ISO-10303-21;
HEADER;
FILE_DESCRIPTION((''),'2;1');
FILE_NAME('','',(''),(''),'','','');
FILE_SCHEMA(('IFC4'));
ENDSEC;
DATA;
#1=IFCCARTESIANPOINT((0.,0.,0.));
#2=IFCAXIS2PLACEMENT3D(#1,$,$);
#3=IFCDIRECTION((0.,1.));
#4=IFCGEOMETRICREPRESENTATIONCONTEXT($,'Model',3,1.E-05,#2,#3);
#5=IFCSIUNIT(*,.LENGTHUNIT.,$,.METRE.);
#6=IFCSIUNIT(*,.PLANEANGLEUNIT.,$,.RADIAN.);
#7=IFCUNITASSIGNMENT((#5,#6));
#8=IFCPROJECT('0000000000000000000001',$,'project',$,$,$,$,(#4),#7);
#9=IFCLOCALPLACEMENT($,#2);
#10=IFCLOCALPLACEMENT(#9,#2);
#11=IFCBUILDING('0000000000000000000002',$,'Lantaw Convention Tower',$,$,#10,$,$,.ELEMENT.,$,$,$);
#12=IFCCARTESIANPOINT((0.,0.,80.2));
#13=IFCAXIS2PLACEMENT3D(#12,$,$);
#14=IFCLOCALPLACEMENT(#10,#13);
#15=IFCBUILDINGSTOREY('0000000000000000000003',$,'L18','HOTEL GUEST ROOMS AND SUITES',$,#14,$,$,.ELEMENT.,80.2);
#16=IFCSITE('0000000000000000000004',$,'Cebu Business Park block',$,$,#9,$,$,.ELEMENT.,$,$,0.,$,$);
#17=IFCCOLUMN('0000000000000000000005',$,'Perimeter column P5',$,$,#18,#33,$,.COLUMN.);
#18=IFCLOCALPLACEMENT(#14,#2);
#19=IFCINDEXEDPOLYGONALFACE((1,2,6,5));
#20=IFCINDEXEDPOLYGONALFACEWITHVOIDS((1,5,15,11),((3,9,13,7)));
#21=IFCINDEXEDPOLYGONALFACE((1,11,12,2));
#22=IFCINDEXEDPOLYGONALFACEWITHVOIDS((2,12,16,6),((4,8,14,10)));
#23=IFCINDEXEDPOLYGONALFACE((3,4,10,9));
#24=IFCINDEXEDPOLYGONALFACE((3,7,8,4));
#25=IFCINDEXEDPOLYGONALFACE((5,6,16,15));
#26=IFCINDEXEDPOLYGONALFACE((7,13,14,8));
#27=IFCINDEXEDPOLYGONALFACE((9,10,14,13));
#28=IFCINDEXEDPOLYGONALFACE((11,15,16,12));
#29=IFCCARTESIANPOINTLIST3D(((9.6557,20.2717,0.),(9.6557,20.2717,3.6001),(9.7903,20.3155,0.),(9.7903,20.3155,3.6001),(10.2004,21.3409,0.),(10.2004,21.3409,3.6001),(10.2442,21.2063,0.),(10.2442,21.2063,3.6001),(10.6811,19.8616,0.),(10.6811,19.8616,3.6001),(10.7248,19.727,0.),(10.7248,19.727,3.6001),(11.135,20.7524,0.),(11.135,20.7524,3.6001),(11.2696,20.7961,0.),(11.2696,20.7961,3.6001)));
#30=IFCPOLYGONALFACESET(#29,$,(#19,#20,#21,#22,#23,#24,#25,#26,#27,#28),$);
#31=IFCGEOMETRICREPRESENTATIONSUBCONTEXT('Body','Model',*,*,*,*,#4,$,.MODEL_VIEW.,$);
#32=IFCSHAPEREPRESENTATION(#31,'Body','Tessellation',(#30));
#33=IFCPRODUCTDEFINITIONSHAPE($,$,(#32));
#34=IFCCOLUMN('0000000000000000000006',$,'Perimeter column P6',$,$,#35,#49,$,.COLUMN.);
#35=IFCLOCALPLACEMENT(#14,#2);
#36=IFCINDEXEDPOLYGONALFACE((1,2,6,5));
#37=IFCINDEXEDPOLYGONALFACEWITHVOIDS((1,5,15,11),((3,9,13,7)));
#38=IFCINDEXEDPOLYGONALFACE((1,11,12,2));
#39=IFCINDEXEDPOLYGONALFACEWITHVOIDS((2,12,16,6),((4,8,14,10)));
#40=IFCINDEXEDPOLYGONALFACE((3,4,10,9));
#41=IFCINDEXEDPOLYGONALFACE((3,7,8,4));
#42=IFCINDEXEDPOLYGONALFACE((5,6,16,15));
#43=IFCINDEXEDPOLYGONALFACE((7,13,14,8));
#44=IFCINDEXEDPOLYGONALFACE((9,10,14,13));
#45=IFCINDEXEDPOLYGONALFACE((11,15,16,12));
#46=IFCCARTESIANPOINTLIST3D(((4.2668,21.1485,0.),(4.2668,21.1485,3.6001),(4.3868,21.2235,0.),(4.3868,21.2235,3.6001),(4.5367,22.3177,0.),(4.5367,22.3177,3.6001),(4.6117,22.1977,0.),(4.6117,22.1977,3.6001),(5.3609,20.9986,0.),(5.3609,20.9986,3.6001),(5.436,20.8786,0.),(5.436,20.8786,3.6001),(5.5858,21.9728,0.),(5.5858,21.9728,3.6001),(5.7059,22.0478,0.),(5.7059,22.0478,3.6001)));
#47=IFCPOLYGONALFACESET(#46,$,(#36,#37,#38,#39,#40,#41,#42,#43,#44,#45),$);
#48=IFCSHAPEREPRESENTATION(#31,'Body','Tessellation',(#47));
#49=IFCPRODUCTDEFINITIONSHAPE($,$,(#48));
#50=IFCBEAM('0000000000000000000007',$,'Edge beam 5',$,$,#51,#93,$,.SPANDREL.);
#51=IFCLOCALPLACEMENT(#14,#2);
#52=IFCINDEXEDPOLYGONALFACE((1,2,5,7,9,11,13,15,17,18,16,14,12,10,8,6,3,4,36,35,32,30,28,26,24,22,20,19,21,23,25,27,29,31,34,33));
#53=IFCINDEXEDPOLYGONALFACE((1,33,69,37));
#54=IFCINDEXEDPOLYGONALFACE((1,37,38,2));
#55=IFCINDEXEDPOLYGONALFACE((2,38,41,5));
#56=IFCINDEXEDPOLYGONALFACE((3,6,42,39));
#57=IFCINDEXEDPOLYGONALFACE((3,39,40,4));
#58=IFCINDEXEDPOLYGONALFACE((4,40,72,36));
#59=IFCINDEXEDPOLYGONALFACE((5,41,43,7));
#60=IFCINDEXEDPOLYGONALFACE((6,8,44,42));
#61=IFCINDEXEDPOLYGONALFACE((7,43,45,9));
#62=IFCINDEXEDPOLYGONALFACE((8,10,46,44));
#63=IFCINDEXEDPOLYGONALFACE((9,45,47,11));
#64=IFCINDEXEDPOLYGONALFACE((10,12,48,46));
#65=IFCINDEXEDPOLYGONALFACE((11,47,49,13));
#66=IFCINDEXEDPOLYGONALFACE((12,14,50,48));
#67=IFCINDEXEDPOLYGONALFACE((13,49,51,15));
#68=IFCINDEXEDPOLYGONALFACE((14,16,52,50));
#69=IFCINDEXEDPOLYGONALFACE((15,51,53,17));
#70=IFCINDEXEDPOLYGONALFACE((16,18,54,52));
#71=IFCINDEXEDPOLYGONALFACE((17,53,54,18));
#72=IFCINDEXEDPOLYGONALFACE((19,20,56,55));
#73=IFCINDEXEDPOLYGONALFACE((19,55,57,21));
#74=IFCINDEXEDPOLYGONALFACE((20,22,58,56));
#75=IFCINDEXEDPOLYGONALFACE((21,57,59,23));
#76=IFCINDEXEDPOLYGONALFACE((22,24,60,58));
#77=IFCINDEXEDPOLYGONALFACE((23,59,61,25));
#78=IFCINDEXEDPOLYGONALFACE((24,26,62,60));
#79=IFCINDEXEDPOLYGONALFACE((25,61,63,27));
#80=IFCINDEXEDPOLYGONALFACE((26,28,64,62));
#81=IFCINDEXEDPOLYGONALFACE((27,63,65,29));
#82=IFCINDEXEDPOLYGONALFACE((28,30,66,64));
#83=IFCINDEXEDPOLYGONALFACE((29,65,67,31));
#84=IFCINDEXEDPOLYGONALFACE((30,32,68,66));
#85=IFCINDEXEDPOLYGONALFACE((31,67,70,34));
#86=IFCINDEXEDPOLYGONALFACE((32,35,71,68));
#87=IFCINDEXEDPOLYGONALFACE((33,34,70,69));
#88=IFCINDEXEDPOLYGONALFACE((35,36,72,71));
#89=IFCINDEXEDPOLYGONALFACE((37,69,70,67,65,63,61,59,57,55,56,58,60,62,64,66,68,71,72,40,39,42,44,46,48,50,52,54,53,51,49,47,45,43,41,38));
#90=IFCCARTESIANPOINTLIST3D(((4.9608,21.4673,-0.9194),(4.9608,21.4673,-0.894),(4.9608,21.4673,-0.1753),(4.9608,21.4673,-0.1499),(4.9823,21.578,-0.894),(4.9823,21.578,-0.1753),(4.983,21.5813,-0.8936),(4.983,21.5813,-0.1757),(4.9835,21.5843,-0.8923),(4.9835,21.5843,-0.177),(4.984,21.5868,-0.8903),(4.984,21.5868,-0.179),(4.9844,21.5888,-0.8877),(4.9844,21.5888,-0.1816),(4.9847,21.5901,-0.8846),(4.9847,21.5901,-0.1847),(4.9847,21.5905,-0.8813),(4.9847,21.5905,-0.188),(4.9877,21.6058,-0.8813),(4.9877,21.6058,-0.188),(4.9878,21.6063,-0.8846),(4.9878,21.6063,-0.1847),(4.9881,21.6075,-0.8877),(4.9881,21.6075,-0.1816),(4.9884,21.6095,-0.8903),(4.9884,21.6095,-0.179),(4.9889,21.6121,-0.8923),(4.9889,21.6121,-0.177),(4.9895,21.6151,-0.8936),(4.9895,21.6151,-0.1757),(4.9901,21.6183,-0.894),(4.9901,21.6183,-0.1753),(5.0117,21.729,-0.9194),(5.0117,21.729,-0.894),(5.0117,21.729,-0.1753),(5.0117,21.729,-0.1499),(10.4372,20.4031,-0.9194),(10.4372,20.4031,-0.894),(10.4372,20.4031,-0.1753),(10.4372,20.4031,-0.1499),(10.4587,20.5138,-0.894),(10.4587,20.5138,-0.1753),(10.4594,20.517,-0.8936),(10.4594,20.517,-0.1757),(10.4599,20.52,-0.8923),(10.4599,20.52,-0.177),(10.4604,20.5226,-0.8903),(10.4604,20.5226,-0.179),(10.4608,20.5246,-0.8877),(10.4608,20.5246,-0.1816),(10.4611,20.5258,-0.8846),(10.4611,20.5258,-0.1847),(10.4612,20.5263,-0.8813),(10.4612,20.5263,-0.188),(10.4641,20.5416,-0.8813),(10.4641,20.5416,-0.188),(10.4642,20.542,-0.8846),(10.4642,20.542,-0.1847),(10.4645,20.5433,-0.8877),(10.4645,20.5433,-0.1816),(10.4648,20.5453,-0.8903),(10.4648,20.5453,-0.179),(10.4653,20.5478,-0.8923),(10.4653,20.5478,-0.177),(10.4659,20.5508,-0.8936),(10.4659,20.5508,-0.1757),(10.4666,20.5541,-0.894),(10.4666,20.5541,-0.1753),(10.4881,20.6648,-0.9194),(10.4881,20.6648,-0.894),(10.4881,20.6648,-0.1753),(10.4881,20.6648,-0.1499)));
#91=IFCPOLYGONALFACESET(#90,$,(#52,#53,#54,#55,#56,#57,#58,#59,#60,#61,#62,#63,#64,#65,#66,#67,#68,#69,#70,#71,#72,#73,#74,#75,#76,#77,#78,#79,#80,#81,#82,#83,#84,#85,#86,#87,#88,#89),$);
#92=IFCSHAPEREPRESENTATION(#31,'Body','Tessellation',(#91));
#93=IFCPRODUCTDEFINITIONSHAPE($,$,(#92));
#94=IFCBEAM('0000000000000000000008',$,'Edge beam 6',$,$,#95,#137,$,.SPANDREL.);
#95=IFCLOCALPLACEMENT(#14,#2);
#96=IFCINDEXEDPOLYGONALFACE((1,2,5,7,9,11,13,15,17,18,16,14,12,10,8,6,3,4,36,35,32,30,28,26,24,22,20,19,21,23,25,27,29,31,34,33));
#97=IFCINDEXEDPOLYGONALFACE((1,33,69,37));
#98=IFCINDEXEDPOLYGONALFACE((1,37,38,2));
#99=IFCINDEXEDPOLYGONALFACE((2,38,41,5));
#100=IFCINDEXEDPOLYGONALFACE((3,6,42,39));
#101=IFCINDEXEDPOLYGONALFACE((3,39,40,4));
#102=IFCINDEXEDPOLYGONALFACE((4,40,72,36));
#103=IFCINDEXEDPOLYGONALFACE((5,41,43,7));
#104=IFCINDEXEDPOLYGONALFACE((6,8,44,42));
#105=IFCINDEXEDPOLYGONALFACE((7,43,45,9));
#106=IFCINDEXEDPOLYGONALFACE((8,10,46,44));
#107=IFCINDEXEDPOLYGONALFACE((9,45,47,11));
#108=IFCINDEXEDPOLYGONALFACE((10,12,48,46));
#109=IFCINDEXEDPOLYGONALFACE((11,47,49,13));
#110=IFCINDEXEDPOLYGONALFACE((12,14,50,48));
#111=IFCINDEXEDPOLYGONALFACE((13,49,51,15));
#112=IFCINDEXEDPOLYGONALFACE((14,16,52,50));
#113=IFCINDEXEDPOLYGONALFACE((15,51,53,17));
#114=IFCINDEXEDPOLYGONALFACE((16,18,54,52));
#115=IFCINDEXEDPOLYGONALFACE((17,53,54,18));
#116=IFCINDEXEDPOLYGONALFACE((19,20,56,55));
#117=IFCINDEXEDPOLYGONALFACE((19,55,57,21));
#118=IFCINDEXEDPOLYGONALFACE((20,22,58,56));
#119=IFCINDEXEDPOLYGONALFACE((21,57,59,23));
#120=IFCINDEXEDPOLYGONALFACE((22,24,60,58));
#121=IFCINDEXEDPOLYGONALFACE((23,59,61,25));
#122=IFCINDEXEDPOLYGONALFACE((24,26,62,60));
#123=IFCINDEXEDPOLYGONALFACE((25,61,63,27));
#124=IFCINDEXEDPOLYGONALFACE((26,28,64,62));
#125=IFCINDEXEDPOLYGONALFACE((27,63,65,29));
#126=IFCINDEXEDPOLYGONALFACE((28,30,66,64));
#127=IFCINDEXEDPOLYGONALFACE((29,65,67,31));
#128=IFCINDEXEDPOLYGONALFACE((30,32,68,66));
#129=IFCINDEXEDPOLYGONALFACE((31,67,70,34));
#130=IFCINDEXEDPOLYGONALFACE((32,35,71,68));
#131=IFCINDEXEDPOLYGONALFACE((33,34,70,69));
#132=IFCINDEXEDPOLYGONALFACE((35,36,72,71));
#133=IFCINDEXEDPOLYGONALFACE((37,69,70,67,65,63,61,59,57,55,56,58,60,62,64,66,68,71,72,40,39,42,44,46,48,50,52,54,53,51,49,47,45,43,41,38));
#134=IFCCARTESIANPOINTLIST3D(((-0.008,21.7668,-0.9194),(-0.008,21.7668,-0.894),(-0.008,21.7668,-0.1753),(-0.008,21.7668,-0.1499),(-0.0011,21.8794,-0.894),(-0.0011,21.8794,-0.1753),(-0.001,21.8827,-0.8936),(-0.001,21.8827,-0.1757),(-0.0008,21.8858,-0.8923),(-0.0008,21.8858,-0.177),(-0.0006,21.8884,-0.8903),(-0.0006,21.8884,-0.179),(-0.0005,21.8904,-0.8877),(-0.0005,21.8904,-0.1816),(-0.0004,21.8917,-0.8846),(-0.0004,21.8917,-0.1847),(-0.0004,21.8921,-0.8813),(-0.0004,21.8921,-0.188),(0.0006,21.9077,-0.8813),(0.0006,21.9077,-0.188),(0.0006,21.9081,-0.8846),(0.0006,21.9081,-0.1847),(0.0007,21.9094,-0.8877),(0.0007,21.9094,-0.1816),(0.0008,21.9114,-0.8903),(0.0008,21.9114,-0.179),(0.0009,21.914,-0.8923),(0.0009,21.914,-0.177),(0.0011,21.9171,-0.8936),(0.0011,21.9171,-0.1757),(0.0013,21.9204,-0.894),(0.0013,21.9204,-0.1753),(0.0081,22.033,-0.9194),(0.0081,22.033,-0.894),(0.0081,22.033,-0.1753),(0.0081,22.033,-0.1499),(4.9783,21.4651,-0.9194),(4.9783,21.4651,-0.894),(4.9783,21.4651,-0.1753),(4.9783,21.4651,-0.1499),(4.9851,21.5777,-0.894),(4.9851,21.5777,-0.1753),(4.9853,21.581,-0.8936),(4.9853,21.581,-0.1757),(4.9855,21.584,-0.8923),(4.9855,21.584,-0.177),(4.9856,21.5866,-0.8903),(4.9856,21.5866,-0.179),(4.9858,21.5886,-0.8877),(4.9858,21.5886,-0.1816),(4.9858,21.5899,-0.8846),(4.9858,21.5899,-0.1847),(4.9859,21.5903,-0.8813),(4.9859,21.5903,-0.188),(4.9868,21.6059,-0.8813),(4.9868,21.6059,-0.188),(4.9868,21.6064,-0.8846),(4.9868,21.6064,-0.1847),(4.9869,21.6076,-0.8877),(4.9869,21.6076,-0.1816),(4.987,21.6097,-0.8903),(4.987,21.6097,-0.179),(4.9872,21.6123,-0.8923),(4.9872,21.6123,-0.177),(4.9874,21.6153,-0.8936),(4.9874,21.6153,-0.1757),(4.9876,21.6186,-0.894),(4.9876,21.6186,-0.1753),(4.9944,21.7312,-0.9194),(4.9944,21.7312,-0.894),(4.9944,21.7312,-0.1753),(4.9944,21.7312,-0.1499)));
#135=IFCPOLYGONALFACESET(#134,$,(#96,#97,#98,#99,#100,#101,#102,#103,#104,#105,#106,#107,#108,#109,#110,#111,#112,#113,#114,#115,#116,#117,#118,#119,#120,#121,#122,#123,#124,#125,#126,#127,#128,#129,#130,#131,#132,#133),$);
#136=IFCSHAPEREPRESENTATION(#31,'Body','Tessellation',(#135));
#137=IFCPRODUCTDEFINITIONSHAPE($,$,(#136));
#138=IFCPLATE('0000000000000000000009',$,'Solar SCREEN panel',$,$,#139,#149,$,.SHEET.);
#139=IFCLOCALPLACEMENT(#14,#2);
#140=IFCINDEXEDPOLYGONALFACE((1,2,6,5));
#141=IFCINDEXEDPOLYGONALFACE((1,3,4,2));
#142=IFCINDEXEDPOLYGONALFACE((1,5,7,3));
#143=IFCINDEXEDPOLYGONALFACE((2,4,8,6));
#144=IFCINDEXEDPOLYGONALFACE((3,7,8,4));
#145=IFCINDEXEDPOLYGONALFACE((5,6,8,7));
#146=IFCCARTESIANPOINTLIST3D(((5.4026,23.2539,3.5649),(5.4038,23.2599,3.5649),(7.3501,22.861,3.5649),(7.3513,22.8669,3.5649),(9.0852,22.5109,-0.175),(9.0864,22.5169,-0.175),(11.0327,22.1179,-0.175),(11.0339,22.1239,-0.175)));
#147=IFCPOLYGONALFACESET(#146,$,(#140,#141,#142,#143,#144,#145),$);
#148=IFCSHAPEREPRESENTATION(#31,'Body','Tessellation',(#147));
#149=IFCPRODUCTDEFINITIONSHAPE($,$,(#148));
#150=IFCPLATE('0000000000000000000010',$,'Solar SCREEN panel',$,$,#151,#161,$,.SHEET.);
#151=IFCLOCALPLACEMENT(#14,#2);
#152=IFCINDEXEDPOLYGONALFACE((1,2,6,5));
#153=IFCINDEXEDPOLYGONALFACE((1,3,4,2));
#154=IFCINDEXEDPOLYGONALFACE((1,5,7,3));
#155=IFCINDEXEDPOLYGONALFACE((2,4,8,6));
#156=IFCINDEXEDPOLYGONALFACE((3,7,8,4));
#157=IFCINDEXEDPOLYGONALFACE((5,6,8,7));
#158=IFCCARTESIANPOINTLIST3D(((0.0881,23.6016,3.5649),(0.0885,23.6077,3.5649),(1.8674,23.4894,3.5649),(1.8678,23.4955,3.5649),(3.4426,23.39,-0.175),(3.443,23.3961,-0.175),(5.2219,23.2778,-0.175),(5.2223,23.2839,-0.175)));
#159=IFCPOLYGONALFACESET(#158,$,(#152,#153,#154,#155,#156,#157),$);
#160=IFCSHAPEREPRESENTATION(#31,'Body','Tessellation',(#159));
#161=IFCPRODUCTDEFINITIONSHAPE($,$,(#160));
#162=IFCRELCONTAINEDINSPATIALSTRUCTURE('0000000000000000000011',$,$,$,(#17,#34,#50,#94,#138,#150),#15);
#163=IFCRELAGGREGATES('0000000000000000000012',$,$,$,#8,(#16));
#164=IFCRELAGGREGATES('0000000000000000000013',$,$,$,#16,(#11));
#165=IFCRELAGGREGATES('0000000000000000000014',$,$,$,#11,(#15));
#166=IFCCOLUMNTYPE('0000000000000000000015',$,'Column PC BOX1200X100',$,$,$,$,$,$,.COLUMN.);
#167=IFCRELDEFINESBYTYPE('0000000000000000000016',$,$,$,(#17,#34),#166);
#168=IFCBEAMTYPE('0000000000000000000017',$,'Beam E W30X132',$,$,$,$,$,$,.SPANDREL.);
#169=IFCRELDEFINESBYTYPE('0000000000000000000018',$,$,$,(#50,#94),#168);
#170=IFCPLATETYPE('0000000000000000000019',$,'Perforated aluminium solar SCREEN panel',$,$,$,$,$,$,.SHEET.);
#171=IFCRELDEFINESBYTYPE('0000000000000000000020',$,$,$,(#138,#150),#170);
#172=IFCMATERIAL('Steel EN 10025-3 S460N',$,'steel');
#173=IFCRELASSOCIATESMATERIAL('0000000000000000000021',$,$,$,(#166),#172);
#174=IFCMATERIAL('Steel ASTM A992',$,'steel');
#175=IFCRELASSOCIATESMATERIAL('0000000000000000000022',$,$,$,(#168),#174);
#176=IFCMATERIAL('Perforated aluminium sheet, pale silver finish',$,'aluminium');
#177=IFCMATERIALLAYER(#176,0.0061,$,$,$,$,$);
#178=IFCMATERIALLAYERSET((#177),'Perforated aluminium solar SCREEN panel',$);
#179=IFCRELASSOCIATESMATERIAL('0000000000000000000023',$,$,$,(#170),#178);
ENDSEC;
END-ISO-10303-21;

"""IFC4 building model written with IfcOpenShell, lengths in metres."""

from ifc_helpers import new_model, si_unit, direction, frame, origin, origin_2d, place, context, subcontext, project, spatial, polyline, rectangle, hollow_rectangle, i_section, outline, extrude, material, layer, layer_set, material_profile, profile_set, type_object, element, save


model = new_model("IFC4")

# Units and contexts
model_context = context("Model", 3, precision=1e-05, world=origin(), true_north=direction((0.0, 1.0)))
body_context = subcontext(model_context, "Body", "Model", "MODEL_VIEW")
ifc_project = project(units=[si_unit("LENGTHUNIT", "METRE"), si_unit("PLANEANGLEUNIT", "RADIAN")], contexts=[model_context])

# Site, building, storey
site_placement = place(None, origin())
site = spatial("IfcSite", under=ifc_project, at=site_placement, Name="Cebu Business Park block", CompositionType="ELEMENT", RefElevation=0.0)
building_placement = place(site_placement, origin())
building = spatial("IfcBuilding", under=site, at=building_placement, Name="Lantaw Convention Tower", CompositionType="ELEMENT")
storey_placement = place(building_placement, frame((0.0, 0.0, 80.2)))
storey = spatial("IfcBuildingStorey", under=building, at=storey_placement, Name="L18", Description="HOTEL GUEST ROOMS AND SUITES", CompositionType="ELEMENT", Elevation=80.2)

# Columns
ifc_material_1 = material(Name="Steel EN 10025-3 S460N", Category="steel")
ifc_material_profile_1 = material_profile(ifc_material_1, hollow_rectangle(XDim=1.2, YDim=1.2, WallThickness=0.1001, at=origin_2d()), Name="BOX1200X100")
ifc_material_2 = material(Name="Concrete C60/75", Category="concrete")
ifc_material_profile_2 = material_profile(ifc_material_2, rectangle(XDim=1.0, YDim=1.0, at=origin_2d()), Name="Concrete fill of BOX1200X100")
ifc_profile_set_1 = profile_set([ifc_material_profile_1, ifc_material_profile_2], Name="Steel EN 10025-3 S460N")
column_type = type_object("IfcColumnType", Name="Column PC BOX1200X100", PredefinedType="COLUMN", material=ifc_profile_set_1)
for number, where, z_axis, x_axis, name in (
    (1, (10.4626, 20.5339, 0.0), (0.0, 0.0, 1.0), (0.45399, 0.891007, 0.0), "Perimeter column P5"),
    (2, (4.9863, 21.5981, 0.0), (0.0, 0.0, 1.0), (0.224951, 0.97437, 0.0), "Perimeter column P6"),
):
    element("IfcColumn", number, at=place(storey_placement, frame(where, z_axis=z_axis, x_axis=x_axis)), inside=storey, type_object=column_type, Name=name, PredefinedType="COLUMN", context=body_context, shape_type="SweptSolid", body=[
        extrude(hollow_rectangle(XDim=1.2, YDim=1.2, WallThickness=0.1001, at=origin_2d()), origin(), (0.0, 0.0, 1.0), 3.6001),
    ])

# Beams
ifc_material_3 = material(Name="Steel ASTM A992", Category="steel")
ifc_material_profile_3 = material_profile(ifc_material_3, i_section(OverallWidth=0.2666, OverallDepth=0.7695, WebThickness=0.0156, FlangeThickness=0.0254, FilletRadius=0.0127, at=origin_2d()), Name="W30X132")
ifc_profile_set_2 = profile_set([ifc_material_profile_3], Name="Steel ASTM A992")
beam_type = type_object("IfcBeamType", Name="Beam E W30X132", PredefinedType="SPANDREL", material=ifc_profile_set_2)
beam_1_placement = place(storey_placement, frame((10.4626, 20.5339, -0.5347), z_axis=(-0.981637, 0.190761, 0.0), x_axis=(-0.190761, -0.981637, 0.0)))
element("IfcBeam", 3, at=beam_1_placement, inside=storey, type_object=beam_type, Name="Edge beam 5", PredefinedType="SPANDREL", context=body_context, shape_type="SweptSolid", body=[
    extrude(i_section(OverallWidth=0.2666, OverallDepth=0.7695, WebThickness=0.0156, FlangeThickness=0.0254, FilletRadius=0.0127, at=origin_2d()), origin(), (0.0, 0.0, 1.0), 5.5789),
])
beam_2_placement = place(storey_placement, frame((4.9863, 21.5981, -0.5347), z_axis=(-0.998174, 0.060407, 0.0), x_axis=(-0.060407, -0.998174, 0.0)))
element("IfcBeam", 4, at=beam_2_placement, inside=storey, type_object=beam_type, Name="Edge beam 6", PredefinedType="SPANDREL", context=body_context, shape_type="SweptSolid", body=[
    extrude(i_section(OverallWidth=0.2666, OverallDepth=0.7695, WebThickness=0.0156, FlangeThickness=0.0254, FilletRadius=0.0127, at=origin_2d()), origin(), (0.0, 0.0, 1.0), 4.9954),
])

# Plates
ifc_material_4 = material(Name="Perforated aluminium sheet, pale silver finish", Category="aluminium")
ifc_layer_1 = layer(ifc_material_4, 0.0061)
ifc_layer_set_1 = layer_set([ifc_layer_1], Name="Perforated aluminium solar SCREEN panel")
plate_type = type_object("IfcPlateType", Name="Perforated aluminium solar SCREEN panel", PredefinedType="SHEET", material=ifc_layer_set_1)
plate_1_placement = place(storey_placement, frame((11.0327, 22.1179, -0.175), z_axis=(-0.197782, -0.980246, 0.000002), x_axis=(-0.980246, 0.197782, 0.0)))
element("IfcPlate", 5, at=plate_1_placement, inside=storey, type_object=plate_type, Name="Solar SCREEN panel", PredefinedType="SHEET", context=body_context, shape_type="SweptSolid", body=[
    extrude(outline(polyline([(0.0, 0.0), (1.9868, 0.0), (5.7436, -3.74), (3.7569, -3.74), (0.0, 0.0)])), origin(), (0.0, 0.0, -1.0), 0.0061),
])
plate_2_placement = place(storey_placement, frame((5.2219, 23.2778, -0.175), z_axis=(-0.062924, -0.998018, 0.000014), x_axis=(-0.998018, 0.062924, 0.0)))
element("IfcPlate", 6, at=plate_2_placement, inside=storey, type_object=plate_type, Name="Solar SCREEN panel", PredefinedType="SHEET", context=body_context, shape_type="SweptSolid", body=[
    extrude(outline(polyline([(0.0, 0.0), (1.7828, 0.0), (5.144, -3.74), (3.3612, -3.74), (0.0, 0.0)])), origin(), (0.0, 0.0, -1.0), 0.0061),
])

save(model, "model.ifc")
